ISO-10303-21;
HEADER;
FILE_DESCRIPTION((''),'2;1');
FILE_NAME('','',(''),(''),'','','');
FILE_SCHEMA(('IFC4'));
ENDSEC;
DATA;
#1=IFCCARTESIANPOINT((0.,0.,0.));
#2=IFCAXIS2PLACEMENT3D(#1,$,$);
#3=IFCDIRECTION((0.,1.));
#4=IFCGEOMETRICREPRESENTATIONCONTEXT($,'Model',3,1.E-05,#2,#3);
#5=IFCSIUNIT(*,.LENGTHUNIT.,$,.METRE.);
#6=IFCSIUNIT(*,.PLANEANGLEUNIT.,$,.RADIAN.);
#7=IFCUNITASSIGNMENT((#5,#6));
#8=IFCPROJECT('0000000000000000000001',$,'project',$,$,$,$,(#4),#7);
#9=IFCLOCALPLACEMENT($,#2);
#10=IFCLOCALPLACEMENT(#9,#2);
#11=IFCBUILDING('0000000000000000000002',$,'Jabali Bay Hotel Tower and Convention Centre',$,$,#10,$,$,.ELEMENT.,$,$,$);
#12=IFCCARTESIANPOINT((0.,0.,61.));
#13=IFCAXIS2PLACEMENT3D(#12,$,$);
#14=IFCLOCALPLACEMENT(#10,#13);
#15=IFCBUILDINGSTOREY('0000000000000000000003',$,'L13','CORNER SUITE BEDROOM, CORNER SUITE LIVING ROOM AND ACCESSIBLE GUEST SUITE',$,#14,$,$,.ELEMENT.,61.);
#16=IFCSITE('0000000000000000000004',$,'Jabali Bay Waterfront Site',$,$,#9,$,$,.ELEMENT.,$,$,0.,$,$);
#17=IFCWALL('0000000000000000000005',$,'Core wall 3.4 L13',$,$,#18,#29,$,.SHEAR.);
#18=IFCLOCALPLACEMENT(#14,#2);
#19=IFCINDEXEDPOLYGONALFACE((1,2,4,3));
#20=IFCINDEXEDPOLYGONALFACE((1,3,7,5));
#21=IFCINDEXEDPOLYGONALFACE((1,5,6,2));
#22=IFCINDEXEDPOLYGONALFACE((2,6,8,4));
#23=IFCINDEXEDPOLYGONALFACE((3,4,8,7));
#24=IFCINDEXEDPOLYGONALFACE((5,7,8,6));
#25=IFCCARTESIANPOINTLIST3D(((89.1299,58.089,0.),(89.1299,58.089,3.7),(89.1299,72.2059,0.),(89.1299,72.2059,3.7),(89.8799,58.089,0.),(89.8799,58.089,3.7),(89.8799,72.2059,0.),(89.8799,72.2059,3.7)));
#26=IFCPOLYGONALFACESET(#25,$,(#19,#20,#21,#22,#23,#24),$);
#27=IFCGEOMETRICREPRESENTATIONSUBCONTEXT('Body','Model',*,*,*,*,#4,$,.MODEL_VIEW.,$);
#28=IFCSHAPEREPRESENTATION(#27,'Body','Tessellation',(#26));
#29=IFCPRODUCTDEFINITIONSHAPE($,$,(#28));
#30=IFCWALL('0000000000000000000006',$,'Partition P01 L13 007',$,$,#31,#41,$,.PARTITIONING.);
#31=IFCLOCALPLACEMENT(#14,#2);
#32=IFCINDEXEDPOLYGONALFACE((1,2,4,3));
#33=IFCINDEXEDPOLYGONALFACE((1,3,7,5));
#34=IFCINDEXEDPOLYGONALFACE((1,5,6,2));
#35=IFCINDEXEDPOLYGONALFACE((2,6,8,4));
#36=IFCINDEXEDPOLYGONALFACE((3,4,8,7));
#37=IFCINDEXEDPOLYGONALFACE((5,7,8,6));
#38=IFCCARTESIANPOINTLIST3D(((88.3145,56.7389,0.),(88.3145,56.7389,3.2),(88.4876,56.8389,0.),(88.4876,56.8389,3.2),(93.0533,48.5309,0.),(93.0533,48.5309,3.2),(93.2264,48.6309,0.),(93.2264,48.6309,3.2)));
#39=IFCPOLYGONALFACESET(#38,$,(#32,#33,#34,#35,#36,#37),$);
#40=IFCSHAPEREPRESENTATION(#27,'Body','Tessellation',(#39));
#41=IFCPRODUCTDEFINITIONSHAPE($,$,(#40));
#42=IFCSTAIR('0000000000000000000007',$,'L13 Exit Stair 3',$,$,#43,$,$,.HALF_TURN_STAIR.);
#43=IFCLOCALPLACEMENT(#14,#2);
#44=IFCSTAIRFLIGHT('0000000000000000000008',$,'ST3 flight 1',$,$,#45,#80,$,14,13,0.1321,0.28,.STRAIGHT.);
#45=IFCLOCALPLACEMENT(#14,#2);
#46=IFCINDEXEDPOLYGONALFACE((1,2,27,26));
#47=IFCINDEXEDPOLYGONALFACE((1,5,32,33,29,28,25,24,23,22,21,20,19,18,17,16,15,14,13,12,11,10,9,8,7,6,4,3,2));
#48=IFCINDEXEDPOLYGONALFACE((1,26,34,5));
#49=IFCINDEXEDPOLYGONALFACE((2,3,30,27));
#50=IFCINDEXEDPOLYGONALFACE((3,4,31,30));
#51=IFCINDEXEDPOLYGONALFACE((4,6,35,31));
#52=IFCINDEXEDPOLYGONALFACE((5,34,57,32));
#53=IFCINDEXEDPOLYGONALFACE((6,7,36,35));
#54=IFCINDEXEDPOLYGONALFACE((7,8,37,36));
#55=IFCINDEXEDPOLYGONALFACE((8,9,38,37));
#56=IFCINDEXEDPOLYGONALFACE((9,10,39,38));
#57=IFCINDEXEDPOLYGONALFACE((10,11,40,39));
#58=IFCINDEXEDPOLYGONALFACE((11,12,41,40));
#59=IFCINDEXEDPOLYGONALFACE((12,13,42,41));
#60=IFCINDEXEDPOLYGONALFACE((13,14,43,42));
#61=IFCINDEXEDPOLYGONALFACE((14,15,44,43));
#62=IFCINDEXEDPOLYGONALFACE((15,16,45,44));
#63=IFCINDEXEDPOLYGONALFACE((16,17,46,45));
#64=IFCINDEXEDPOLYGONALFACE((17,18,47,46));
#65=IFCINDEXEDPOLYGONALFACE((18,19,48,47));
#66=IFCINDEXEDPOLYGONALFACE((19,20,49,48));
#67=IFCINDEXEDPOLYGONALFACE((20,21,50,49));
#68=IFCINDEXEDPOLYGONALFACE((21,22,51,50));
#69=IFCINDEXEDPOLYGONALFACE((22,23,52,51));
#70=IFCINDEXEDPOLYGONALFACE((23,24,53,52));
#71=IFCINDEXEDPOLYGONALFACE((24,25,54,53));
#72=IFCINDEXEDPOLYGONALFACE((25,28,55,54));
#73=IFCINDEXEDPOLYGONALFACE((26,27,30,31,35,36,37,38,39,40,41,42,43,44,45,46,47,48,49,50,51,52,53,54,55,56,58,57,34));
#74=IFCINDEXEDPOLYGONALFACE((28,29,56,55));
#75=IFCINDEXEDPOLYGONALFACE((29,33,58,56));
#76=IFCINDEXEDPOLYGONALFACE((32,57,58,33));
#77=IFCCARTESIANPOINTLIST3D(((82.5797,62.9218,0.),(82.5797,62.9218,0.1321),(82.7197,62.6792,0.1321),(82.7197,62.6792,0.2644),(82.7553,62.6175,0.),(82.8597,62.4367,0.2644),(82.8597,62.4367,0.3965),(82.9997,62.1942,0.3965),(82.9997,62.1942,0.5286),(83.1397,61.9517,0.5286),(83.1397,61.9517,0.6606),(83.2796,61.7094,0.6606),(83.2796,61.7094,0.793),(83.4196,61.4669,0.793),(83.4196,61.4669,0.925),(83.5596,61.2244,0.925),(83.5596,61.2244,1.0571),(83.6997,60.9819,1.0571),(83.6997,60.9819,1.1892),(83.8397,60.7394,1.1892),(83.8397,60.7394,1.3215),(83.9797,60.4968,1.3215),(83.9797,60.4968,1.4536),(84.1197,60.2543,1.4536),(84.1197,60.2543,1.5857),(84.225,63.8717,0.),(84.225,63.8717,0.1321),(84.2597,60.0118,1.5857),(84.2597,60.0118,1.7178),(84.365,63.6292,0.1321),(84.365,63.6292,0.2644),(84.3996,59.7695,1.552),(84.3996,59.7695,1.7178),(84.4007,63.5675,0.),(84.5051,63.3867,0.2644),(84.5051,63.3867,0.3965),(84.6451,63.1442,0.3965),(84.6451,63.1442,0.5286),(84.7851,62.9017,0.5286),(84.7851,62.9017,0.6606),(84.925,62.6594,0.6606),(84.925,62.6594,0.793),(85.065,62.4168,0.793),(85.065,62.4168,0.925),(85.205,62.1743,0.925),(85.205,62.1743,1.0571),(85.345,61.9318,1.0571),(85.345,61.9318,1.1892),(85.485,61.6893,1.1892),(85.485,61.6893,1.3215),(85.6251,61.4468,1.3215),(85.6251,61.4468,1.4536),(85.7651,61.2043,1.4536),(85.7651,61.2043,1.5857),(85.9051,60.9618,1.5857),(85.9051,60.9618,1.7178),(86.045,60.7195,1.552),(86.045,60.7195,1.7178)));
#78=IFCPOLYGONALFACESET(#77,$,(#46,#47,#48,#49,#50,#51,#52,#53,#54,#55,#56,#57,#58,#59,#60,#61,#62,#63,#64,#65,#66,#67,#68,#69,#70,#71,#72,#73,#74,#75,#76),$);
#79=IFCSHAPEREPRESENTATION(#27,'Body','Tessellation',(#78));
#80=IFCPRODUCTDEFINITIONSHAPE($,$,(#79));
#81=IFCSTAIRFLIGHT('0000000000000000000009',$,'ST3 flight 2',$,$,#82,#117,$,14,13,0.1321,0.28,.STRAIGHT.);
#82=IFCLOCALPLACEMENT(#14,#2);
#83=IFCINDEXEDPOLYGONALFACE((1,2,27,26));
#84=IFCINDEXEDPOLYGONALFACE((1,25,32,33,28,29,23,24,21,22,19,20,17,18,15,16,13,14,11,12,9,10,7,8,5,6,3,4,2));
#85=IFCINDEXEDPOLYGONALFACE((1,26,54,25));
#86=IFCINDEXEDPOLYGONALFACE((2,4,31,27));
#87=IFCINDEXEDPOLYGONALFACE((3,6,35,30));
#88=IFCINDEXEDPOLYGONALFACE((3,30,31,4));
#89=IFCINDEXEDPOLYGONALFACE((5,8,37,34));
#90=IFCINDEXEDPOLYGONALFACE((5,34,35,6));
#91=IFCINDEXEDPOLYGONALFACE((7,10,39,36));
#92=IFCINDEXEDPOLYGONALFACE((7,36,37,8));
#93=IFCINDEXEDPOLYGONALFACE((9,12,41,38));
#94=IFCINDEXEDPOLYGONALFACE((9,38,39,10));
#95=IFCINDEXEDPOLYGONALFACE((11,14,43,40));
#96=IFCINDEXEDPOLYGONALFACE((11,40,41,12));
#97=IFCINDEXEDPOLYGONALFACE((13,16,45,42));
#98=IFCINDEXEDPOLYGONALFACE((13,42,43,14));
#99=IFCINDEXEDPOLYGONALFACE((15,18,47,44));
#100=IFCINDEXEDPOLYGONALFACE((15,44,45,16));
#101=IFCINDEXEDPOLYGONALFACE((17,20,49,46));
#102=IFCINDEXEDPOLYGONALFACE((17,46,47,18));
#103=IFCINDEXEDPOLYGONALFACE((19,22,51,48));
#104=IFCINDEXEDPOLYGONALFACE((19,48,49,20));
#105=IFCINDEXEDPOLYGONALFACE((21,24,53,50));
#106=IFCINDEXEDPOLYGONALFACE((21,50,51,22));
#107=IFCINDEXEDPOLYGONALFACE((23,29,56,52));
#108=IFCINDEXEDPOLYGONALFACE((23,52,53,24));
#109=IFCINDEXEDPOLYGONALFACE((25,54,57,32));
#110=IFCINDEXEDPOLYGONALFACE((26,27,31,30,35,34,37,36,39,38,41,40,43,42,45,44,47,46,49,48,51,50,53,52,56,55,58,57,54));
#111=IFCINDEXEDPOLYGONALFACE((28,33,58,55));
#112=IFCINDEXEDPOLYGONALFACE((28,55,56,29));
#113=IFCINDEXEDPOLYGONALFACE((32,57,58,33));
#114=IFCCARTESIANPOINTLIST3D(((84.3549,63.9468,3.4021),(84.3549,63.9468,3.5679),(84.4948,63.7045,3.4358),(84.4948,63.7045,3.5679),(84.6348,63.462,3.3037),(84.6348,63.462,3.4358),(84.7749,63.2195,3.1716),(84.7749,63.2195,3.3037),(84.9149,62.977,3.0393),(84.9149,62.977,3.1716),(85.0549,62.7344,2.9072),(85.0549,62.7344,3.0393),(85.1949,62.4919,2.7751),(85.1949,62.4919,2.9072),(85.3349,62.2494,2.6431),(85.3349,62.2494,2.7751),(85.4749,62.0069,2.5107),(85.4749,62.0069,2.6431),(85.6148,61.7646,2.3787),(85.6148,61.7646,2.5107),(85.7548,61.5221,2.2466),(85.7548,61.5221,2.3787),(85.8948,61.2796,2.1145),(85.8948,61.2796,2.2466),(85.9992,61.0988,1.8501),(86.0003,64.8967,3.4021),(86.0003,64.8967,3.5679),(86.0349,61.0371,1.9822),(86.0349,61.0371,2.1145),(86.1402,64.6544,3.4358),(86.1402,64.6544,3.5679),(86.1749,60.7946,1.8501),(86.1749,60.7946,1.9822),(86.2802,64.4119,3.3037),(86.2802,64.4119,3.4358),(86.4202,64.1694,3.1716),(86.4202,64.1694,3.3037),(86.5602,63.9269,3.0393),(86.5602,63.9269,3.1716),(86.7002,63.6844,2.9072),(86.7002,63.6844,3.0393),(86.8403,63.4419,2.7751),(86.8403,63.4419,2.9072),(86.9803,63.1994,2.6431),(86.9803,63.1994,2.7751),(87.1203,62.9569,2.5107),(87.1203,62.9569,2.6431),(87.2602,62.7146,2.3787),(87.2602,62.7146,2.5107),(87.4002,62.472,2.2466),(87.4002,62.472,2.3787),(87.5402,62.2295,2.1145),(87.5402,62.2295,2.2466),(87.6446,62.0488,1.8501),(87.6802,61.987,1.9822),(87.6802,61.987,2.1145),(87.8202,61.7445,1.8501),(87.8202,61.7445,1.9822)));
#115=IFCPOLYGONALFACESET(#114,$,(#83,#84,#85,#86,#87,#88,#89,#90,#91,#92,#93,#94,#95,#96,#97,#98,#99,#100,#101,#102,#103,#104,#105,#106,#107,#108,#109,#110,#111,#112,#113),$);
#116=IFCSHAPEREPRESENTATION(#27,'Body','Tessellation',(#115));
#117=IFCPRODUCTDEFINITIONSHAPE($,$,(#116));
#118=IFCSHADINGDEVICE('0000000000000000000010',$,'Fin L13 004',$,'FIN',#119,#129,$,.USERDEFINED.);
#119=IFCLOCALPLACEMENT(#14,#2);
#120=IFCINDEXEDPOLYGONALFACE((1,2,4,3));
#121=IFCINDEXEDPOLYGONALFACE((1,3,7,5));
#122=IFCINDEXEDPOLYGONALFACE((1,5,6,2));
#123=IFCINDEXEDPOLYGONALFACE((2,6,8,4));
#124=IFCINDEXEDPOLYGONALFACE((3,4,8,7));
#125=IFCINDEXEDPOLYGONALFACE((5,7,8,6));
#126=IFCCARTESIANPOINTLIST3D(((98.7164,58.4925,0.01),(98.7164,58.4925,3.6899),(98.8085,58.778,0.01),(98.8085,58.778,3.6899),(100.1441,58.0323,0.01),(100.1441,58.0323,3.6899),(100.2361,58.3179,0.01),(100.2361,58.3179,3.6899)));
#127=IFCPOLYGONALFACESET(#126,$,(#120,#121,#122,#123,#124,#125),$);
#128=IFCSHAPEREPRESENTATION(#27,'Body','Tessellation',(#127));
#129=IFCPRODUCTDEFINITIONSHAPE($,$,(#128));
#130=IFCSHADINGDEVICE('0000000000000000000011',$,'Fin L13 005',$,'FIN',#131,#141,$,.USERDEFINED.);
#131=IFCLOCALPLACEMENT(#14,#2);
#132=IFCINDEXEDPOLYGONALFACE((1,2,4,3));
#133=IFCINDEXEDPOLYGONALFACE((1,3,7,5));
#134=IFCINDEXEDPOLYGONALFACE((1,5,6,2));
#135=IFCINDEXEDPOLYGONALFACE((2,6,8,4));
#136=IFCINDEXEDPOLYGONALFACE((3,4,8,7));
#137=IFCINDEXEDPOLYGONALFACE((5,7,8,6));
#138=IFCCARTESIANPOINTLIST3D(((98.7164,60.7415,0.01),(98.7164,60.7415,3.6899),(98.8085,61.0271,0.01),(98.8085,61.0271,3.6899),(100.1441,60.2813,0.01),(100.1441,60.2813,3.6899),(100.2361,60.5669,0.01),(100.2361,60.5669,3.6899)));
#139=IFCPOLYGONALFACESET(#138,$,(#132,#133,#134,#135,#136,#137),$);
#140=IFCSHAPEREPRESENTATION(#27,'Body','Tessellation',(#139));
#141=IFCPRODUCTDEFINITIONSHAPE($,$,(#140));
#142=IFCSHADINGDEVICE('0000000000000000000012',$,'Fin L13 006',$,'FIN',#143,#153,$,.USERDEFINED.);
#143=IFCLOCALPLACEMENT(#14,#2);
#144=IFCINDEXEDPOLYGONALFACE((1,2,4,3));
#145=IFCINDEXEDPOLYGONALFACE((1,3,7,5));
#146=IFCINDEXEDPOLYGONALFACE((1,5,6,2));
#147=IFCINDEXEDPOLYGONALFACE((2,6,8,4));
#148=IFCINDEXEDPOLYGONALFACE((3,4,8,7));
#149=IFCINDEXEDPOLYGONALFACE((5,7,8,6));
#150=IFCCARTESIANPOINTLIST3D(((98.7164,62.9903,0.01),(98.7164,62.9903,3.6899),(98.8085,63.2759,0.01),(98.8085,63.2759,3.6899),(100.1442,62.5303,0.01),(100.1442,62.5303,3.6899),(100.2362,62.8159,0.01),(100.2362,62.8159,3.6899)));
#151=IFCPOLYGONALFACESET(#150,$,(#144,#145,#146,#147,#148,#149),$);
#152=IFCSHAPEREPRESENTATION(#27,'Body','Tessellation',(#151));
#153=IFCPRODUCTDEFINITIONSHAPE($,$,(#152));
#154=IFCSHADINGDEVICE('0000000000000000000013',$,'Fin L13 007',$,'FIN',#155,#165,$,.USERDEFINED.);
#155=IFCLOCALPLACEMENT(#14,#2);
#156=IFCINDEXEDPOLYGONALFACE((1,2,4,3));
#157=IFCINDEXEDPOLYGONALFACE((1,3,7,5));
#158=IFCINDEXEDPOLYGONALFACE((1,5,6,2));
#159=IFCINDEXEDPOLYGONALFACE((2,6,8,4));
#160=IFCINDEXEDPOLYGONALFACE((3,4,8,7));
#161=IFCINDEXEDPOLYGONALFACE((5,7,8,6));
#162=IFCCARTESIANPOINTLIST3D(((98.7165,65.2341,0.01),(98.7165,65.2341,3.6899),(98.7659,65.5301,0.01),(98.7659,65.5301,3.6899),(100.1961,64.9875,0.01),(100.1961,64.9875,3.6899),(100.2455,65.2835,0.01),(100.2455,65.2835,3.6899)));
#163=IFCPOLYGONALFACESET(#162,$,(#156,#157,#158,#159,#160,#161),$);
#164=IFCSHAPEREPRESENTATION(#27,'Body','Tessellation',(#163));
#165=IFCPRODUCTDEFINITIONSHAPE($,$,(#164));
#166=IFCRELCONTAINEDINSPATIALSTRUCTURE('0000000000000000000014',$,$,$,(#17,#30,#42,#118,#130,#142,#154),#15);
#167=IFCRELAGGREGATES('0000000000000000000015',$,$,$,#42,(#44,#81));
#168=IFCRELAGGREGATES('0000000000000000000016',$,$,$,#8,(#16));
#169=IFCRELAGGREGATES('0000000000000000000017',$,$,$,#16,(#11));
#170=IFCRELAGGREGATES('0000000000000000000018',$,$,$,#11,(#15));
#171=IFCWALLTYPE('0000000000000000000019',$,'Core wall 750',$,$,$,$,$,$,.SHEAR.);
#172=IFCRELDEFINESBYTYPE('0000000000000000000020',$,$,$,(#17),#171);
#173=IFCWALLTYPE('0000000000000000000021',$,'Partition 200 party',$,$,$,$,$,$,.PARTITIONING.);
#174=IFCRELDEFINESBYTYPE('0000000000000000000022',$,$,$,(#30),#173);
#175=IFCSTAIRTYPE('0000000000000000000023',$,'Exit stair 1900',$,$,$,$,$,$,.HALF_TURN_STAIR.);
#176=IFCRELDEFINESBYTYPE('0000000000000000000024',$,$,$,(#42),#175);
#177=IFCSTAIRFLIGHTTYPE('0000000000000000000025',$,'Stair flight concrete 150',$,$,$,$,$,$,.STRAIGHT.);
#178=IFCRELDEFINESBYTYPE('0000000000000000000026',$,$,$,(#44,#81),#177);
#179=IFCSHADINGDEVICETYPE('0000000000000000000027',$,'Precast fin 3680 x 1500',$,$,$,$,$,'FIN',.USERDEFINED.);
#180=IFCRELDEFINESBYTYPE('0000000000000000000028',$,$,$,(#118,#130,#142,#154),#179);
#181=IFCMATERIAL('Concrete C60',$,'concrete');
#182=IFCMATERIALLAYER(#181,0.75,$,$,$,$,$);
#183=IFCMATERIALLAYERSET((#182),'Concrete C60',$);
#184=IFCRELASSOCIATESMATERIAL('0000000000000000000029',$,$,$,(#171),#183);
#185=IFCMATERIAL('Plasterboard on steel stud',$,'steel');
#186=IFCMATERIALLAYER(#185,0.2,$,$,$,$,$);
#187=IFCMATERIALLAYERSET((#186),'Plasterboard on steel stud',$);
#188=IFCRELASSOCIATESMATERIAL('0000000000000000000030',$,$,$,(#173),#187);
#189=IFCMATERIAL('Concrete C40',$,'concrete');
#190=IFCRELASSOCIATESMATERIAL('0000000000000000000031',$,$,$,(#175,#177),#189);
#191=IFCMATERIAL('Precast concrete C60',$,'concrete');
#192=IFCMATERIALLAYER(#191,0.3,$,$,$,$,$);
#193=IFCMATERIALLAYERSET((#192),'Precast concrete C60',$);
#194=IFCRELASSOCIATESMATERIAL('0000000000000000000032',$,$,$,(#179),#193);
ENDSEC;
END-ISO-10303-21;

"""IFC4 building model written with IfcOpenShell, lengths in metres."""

from ifc_helpers import new_model, si_unit, direction, frame, frame_2d, origin, place, context, subcontext, project, spatial, polyline, rectangle, outline, extrude, material, layer, layer_set, type_object, element, aggregate, save


model = new_model("IFC4")

# Units and contexts
model_context = context("Model", 3, precision=1e-05, world=origin(), true_north=direction((0.0, 1.0)))
body_context = subcontext(model_context, "Body", "Model", "MODEL_VIEW")
ifc_project = project(units=[si_unit("LENGTHUNIT", "METRE"), si_unit("PLANEANGLEUNIT", "RADIAN")], contexts=[model_context])

# Site, building, storey
site_placement = place(None, origin())
site = spatial("IfcSite", under=ifc_project, at=site_placement, Name="Jabali Bay Waterfront Site", CompositionType="ELEMENT", RefElevation=0.0)
building_placement = place(site_placement, origin())
building = spatial("IfcBuilding", under=site, at=building_placement, Name="Jabali Bay Hotel Tower and Convention Centre", CompositionType="ELEMENT")
storey_placement = place(building_placement, frame((0.0, 0.0, 61.0)))
storey = spatial("IfcBuildingStorey", under=building, at=storey_placement, Name="L13", Description="CORNER SUITE BEDROOM, CORNER SUITE LIVING ROOM AND ACCESSIBLE GUEST SUITE", CompositionType="ELEMENT", Elevation=61.0)

# Shared definitions
ifc_material_1 = material(Name="Concrete C60", Category="concrete")

# Shared definitions
ifc_material_2 = material(Name="Concrete C40", Category="concrete")

# Walls
ifc_layer_1 = layer(ifc_material_1, 0.75)
ifc_layer_set_1 = layer_set([ifc_layer_1], Name="Concrete C60")
wall_type_1 = type_object("IfcWallType", Name="Core wall 750", PredefinedType="SHEAR", material=ifc_layer_set_1)
wall_1_placement = place(storey_placement, frame((89.5049, 58.0889, 0.0), z_axis=(0.0, 0.0, 1.0), x_axis=(0.0, 1.0, 0.0)))
element("IfcWall", 1, at=wall_1_placement, inside=storey, type_object=wall_type_1, Name="Core wall 3.4 L13", PredefinedType="SHEAR", context=body_context, shape_type="SweptSolid", body=[
    extrude(rectangle(XDim=14.1169, YDim=0.75, at=frame_2d((7.0586, 0.0))), origin(), (0.0, 0.0, 1.0), 3.7),
])
ifc_material_3 = material(Name="Plasterboard on steel stud", Category="steel")
ifc_layer_2 = layer(ifc_material_3, 0.2)
ifc_layer_set_2 = layer_set([ifc_layer_2], Name="Plasterboard on steel stud")
wall_type_2 = type_object("IfcWallType", Name="Partition 200 party", PredefinedType="PARTITIONING", material=ifc_layer_set_2)
wall_2_placement = place(storey_placement, frame((88.4011, 56.7888, 0.0), z_axis=(0.0, 0.0, 1.0), x_axis=(0.49999, -0.866031, 0.0)))
element("IfcWall", 2, at=wall_2_placement, inside=storey, type_object=wall_type_2, Name="Partition P01 L13 007", PredefinedType="PARTITIONING", context=body_context, shape_type="SweptSolid", body=[
    extrude(rectangle(XDim=9.4778, YDim=0.2, at=frame_2d((4.7388, 0.0))), origin(), (0.0, 0.0, 1.0), 3.2),
])

# Stair, stair flights
stair_type = type_object("IfcStairType", Name="Exit stair 1900", PredefinedType="HALF_TURN_STAIR", material=ifc_material_2)
stair_placement = place(storey_placement, origin())
stair = element("IfcStair", 3, at=stair_placement, inside=storey, type_object=stair_type, Name="L13 Exit Stair 3", PredefinedType="HALF_TURN_STAIR")
stair_flight_type = type_object("IfcStairFlightType", Name="Stair flight concrete 150", PredefinedType="STRAIGHT", material=ifc_material_2)
stair_flight_1_placement = place(storey_placement, frame((83.4023, 63.3967, 0.0), z_axis=(0.0, 0.0, 1.0), x_axis=(0.5, -0.866025, 0.0)))
stair_flight_1 = element("IfcStairFlight", 4, at=stair_flight_1_placement, type_object=stair_flight_type, Name="ST3 flight 1", NumberOfRisers=14, NumberOfTreads=13, PredefinedType="STRAIGHT", RiserHeight=0.1321, TreadLength=0.28, context=body_context, shape_type="SweptSolid", body=[
    extrude(outline(polyline([(0.0, 0.0), (0.0, 0.1321), (0.28, 0.1321), (0.28, 0.2644), (0.5601, 0.2644), (0.5601, 0.3965), (0.8401, 0.3965), (0.8401, 0.5286), (1.1201, 0.5286), (1.1201, 0.6606), (1.3999, 0.6606), (1.3999, 0.793), (1.6799, 0.793), (1.6799, 0.925), (1.96, 0.925), (1.96, 1.0571), (2.24, 1.0571), (2.24, 1.1892), (2.52, 1.1892), (2.52, 1.3215), (2.8, 1.3215), (2.8, 1.4536), (3.0801, 1.4536), (3.0801, 1.5857), (3.3601, 1.5857), (3.3601, 1.7178), (3.6399, 1.7178), (3.6399, 1.8501), (3.6399, 1.552), (0.3513, 0.0), (0.0, 0.0)])), frame((0.0, 0.95, 0.0), z_axis=(0.0, -1.0, 0.0), x_axis=(1.0, 0.0, 0.0)), (0.0, 0.0, 1.0), 1.8999),
])
stair_flight_2_placement = place(storey_placement, frame((86.9976, 61.2695, 1.8501), z_axis=(0.0, 0.0, 1.0), x_axis=(-0.5, 0.866025, 0.0)))
stair_flight_2 = element("IfcStairFlight", 5, at=stair_flight_2_placement, type_object=stair_flight_type, Name="ST3 flight 2", NumberOfRisers=14, NumberOfTreads=13, PredefinedType="STRAIGHT", RiserHeight=0.1321, TreadLength=0.28, context=body_context, shape_type="SweptSolid", body=[
    extrude(outline(polyline([(0.0, 0.0), (0.0, 0.1321), (0.28, 0.1321), (0.28, 0.2644), (0.5601, 0.2644), (0.5601, 0.3965), (0.8401, 0.3965), (0.8401, 0.5286), (1.1201, 0.5286), (1.1201, 0.6606), (1.3999, 0.6606), (1.3999, 0.793), (1.6799, 0.793), (1.6799, 0.925), (1.96, 0.925), (1.96, 1.0571), (2.24, 1.0571), (2.24, 1.1892), (2.52, 1.1892), (2.52, 1.3215), (2.8, 1.3215), (2.8, 1.4536), (3.0801, 1.4536), (3.0801, 1.5857), (3.3601, 1.5857), (3.3601, 1.7178), (3.6399, 1.7178), (3.6399, 1.8501), (3.6399, 1.552), (0.3513, 0.0), (0.0, 0.0)])), frame((0.0, 0.95, 0.0), z_axis=(0.0, -1.0, 0.0), x_axis=(1.0, 0.0, 0.0)), (0.0, 0.0, 1.0), 1.8999),
])
aggregate(stair, [stair_flight_1, stair_flight_2])

# Shading devices
ifc_material_4 = material(Name="Precast concrete C60", Category="concrete")
ifc_layer_3 = layer(ifc_material_4, 0.3)
ifc_layer_set_3 = layer_set([ifc_layer_3], Name="Precast concrete C60")
shading_device_type = type_object("IfcShadingDeviceType", Name="Precast fin 3680 x 1500", ElementType="FIN", PredefinedType="USERDEFINED", material=ifc_layer_set_3)
for number, where, z_axis, x_axis, name in (
    (6, (98.7625, 58.6353, 0.01), (0.0, 0.0, 1.0), (0.951778, -0.306789, 0.0), "Fin L13 004"),
    (7, (98.7625, 60.8843, 0.01), (0.0, 0.0, 1.0), (0.951778, -0.306789, 0.0), "Fin L13 005"),
    (8, (98.7625, 63.1331, 0.01), (0.0, 0.0, 1.0), (0.951825, -0.306641, 0.0), "Fin L13 006"),
    (9, (98.7412, 65.3821, 0.01), (0.0, 0.0, 1.0), (0.986394, -0.164399, 0.0), "Fin L13 007"),
):
    element("IfcShadingDevice", number, at=place(storey_placement, frame(where, z_axis=z_axis, x_axis=x_axis)), inside=storey, type_object=shading_device_type, Name=name, ObjectType="FIN", PredefinedType="USERDEFINED", context=body_context, shape_type="SweptSolid", body=[
        extrude(rectangle(XDim=1.5, YDim=0.3, at=frame_2d((0.75, 0.0))), origin(), (0.0, 0.0, 1.0), 3.6799),
    ])

save(model, "model.ifc")
